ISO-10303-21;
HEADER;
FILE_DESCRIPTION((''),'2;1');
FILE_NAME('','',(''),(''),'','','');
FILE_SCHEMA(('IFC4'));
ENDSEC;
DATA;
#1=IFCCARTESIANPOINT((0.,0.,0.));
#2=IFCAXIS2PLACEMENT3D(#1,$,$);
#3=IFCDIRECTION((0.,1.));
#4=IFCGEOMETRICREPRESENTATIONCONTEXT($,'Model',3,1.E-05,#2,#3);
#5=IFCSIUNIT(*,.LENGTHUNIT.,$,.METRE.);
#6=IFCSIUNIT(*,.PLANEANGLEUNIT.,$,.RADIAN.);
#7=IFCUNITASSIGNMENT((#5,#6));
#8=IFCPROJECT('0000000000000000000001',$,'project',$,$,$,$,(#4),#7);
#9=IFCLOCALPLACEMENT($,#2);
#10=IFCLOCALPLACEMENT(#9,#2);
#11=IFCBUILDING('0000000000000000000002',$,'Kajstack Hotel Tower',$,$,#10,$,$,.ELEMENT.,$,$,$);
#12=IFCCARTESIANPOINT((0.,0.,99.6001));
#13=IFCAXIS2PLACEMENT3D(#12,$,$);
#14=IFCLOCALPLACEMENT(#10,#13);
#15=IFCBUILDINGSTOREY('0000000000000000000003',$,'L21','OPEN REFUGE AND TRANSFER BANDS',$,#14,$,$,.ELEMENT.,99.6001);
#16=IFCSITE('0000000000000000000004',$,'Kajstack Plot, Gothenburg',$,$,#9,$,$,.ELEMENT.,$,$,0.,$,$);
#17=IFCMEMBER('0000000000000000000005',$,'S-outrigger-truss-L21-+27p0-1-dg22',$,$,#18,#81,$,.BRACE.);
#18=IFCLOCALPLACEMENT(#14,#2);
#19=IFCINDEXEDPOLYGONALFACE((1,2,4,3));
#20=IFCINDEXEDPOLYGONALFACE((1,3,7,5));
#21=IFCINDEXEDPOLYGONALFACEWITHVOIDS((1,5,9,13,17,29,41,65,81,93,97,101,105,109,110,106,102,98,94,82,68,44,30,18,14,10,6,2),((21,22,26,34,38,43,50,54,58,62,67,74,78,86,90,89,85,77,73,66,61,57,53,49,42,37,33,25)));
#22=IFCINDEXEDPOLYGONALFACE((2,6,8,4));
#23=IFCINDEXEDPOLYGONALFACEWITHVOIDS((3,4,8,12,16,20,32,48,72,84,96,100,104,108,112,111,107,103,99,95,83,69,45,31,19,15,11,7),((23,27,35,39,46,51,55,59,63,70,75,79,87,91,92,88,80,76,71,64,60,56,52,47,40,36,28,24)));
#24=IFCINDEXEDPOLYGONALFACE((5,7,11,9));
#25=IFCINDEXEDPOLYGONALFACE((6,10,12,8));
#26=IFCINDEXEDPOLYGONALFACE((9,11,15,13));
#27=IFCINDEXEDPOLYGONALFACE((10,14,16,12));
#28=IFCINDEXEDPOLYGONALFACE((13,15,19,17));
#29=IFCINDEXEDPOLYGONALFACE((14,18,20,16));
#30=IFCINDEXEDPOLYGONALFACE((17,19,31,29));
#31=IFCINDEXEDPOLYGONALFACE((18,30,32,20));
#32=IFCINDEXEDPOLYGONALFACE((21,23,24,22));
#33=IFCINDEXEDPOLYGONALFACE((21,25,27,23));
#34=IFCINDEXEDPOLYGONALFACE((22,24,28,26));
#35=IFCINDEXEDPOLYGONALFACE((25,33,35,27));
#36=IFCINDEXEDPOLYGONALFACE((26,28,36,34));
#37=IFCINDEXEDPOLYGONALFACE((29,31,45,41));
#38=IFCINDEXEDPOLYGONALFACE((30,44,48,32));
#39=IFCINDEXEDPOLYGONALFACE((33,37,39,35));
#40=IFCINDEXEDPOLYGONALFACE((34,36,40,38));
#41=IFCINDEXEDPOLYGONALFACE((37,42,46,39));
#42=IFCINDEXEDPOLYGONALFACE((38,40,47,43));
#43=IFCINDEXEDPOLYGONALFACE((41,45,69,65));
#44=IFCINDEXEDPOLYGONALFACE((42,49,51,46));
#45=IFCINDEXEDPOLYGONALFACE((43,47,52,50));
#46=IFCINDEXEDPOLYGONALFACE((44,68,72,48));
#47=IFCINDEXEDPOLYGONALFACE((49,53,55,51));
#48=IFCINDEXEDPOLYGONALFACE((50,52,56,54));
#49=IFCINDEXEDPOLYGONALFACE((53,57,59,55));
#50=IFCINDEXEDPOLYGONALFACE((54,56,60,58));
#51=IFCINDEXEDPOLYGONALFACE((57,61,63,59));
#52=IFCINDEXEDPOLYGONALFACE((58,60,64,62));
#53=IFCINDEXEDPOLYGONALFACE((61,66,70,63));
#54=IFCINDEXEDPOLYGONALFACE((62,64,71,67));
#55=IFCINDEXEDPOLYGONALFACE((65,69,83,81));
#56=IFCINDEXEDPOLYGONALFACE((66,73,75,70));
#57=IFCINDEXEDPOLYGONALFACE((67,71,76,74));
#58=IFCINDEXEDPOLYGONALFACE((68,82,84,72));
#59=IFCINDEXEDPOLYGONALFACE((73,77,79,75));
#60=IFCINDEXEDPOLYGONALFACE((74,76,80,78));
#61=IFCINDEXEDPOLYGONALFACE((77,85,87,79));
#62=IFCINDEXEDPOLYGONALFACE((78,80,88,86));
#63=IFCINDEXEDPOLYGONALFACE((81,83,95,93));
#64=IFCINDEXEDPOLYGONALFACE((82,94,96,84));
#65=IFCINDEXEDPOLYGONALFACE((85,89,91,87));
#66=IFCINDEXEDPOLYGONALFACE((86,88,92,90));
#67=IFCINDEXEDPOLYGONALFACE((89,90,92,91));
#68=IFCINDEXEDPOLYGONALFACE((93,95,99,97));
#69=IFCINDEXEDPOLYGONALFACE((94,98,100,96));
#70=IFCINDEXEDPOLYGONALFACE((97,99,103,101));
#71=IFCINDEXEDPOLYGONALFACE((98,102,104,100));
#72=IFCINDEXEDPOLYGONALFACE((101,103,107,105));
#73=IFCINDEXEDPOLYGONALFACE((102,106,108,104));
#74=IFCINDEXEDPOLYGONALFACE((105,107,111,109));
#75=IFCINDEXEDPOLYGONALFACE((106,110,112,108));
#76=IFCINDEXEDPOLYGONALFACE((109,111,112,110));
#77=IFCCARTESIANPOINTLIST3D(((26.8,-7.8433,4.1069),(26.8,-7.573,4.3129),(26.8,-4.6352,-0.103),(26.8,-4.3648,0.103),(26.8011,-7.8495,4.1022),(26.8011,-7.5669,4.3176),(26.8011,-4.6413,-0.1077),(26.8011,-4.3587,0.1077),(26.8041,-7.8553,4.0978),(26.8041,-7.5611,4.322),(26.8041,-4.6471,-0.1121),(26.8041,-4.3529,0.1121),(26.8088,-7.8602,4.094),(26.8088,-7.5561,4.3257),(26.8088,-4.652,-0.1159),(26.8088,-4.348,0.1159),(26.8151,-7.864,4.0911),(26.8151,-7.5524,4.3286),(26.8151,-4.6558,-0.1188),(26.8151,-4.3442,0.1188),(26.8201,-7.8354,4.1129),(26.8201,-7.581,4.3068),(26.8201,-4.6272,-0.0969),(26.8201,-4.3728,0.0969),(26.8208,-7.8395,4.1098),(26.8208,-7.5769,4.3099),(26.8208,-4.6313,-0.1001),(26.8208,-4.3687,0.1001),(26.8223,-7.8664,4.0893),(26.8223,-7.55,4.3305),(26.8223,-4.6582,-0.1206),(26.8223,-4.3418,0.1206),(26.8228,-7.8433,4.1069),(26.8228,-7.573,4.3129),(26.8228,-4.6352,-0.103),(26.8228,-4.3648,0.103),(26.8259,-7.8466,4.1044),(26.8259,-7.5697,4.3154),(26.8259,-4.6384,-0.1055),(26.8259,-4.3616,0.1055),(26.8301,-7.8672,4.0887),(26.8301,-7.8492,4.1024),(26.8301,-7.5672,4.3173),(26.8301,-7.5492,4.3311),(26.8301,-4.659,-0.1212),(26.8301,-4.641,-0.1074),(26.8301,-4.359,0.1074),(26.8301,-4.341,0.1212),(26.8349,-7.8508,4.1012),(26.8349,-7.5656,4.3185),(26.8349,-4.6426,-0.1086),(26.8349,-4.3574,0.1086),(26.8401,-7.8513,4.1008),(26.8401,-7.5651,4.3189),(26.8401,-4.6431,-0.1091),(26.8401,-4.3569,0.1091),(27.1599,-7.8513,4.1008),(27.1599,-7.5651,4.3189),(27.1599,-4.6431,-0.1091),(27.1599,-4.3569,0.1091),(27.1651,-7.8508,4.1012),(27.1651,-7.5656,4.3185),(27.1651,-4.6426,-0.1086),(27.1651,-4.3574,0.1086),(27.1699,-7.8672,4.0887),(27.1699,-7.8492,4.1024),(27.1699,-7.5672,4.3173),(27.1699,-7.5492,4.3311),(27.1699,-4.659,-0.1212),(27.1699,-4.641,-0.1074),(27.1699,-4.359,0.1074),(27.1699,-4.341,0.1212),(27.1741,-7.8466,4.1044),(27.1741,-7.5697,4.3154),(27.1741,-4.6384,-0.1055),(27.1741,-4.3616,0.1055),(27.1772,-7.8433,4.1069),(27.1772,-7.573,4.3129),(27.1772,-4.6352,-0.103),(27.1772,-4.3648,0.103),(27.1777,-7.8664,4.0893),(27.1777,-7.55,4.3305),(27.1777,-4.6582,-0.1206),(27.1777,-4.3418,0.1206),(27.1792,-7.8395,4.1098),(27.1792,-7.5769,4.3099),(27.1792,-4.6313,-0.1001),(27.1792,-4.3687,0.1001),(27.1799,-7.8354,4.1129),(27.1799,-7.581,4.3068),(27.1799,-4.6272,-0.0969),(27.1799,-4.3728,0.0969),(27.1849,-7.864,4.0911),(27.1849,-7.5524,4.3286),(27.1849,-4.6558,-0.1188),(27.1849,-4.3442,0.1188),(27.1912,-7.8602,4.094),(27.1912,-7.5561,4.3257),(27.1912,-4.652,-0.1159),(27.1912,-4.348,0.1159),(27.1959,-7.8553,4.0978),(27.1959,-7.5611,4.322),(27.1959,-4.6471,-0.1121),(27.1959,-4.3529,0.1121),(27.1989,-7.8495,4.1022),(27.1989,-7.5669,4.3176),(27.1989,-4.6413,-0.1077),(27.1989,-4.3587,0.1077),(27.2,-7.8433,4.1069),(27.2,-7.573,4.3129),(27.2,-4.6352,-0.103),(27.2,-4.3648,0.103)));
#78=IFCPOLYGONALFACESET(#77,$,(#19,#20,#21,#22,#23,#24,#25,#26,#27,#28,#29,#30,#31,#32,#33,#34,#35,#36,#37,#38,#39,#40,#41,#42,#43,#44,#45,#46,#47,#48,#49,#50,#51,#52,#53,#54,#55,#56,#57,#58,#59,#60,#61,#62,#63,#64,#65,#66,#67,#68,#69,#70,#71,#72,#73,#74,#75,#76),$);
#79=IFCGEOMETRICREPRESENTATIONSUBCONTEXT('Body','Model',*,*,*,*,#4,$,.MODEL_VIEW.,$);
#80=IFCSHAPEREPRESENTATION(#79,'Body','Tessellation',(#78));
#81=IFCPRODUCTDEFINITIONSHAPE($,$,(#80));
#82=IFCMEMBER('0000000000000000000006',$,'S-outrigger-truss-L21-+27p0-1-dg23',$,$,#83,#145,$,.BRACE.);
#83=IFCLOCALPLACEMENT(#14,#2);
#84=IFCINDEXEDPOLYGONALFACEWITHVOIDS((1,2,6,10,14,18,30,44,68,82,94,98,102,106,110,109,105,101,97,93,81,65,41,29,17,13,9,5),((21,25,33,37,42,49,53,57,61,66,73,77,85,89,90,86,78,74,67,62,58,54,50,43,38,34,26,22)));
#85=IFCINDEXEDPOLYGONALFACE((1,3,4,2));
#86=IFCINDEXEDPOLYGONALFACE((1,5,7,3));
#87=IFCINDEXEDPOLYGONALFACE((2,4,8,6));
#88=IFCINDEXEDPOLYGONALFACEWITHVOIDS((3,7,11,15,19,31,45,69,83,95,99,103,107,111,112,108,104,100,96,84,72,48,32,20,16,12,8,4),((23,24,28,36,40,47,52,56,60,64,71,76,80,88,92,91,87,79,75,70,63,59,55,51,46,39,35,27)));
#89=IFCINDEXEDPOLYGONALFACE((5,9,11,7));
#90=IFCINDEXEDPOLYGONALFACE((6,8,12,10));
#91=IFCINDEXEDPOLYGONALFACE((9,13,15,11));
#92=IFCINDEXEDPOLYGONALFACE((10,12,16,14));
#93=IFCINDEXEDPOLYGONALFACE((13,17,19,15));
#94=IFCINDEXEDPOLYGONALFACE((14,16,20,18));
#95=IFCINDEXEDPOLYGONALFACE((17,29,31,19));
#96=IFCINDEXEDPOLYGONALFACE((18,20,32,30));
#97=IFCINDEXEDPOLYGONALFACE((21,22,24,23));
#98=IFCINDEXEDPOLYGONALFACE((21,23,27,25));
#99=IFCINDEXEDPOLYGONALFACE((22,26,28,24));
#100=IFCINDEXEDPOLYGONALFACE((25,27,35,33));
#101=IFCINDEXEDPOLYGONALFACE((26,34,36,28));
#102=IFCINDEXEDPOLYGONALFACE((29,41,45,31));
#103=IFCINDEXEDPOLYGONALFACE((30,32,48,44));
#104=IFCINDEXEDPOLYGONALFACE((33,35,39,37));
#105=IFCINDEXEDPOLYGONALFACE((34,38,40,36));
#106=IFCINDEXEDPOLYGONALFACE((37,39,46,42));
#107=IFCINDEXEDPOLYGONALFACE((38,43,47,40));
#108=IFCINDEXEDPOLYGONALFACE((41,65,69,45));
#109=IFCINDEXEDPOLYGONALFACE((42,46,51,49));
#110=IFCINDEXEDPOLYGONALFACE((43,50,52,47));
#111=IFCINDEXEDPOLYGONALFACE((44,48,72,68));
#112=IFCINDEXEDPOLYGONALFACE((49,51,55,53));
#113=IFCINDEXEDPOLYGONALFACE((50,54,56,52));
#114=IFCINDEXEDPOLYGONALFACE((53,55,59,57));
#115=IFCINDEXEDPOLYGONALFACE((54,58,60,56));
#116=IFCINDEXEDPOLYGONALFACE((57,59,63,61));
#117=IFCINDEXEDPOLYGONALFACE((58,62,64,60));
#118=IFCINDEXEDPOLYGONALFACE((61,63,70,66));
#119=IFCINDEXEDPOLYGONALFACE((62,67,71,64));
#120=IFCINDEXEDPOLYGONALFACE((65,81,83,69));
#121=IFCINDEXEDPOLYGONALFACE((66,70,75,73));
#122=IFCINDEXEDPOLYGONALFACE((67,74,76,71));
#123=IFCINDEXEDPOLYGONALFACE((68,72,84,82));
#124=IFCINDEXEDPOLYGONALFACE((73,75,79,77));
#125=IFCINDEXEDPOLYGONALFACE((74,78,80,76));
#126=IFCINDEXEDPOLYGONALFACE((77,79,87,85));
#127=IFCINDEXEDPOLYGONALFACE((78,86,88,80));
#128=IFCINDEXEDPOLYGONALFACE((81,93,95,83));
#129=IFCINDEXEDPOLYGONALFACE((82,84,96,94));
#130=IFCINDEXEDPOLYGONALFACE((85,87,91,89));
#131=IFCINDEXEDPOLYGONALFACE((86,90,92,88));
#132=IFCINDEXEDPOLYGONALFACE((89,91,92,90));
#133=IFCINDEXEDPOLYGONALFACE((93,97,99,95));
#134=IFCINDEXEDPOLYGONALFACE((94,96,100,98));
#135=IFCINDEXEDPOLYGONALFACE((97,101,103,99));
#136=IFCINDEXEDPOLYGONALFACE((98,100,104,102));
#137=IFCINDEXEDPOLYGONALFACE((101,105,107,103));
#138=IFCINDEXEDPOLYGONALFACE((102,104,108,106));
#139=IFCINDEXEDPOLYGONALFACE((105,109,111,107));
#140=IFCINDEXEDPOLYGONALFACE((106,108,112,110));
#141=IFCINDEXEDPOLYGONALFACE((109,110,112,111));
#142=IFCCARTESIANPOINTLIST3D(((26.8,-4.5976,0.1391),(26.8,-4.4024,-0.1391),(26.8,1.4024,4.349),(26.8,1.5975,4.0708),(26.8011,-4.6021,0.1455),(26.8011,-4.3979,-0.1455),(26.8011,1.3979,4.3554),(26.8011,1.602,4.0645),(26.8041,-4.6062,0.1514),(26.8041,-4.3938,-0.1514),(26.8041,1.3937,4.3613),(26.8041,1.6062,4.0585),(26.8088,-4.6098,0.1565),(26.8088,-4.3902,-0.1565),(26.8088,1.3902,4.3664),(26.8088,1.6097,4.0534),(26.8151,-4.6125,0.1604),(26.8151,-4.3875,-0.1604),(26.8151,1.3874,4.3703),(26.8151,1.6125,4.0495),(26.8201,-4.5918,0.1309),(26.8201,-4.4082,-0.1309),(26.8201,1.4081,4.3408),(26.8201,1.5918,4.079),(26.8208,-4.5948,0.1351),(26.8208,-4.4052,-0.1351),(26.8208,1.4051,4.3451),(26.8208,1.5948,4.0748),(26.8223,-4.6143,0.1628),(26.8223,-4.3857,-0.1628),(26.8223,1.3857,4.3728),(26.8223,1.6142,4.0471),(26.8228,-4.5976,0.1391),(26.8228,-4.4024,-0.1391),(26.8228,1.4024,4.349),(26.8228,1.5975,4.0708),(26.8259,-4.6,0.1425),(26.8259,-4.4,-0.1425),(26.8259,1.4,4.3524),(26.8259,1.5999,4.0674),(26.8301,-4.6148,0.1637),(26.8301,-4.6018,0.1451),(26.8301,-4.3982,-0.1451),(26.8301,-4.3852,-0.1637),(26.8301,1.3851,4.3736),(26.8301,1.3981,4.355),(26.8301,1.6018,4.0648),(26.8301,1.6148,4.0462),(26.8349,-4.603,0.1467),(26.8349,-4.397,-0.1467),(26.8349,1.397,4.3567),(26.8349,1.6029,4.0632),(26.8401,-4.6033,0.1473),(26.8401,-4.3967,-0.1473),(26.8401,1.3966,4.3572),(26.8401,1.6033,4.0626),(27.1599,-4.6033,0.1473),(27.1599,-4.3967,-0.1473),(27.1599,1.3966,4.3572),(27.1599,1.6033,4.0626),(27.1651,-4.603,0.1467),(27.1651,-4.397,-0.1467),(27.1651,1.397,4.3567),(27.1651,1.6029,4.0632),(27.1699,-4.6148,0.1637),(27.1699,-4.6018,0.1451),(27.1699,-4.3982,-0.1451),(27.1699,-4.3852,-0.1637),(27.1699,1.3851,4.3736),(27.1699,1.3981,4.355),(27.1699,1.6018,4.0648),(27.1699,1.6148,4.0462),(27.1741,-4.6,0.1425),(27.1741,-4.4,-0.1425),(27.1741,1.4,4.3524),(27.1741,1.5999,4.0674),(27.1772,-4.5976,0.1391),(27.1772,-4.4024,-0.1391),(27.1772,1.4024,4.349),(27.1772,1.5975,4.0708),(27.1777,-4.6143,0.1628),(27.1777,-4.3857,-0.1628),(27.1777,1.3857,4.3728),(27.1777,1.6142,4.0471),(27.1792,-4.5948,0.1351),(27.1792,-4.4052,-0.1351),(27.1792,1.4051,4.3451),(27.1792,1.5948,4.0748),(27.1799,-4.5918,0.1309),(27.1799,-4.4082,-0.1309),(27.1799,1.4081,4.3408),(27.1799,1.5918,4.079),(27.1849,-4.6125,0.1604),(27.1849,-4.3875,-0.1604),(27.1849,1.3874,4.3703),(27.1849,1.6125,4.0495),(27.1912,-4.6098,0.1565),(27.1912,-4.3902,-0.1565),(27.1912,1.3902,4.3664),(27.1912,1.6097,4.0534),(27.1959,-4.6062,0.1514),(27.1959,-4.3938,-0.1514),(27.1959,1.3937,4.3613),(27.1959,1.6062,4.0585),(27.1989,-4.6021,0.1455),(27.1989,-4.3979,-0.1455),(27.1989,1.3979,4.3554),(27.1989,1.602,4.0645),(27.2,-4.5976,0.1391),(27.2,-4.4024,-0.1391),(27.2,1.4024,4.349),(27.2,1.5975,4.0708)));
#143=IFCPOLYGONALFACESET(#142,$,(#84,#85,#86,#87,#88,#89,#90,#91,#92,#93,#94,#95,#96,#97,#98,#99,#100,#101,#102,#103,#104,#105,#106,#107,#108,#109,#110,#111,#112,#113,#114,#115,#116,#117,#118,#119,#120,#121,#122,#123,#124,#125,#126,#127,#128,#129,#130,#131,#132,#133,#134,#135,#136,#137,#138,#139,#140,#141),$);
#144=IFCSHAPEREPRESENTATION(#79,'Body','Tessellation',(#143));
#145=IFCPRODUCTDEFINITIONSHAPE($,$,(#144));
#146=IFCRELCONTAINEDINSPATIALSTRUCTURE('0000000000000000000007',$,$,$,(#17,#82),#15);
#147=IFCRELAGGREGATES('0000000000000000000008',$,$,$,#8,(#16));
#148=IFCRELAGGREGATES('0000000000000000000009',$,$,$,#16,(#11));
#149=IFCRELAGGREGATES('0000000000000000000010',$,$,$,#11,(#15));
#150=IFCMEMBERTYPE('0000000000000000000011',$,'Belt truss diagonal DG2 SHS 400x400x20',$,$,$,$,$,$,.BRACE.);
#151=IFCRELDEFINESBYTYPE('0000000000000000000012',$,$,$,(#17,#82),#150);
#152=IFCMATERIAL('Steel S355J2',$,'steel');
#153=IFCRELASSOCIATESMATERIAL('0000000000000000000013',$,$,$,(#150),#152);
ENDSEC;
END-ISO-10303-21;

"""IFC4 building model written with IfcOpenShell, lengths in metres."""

from ifc_helpers import new_model, si_unit, direction, frame, origin, origin_2d, place, context, subcontext, project, spatial, hollow_rectangle, extrude, material, material_profile, profile_set, type_object, element, save


model = new_model("IFC4")

# Units and contexts
model_context = context("Model", 3, precision=1e-05, world=origin(), true_north=direction((0.0, 1.0)))
body_context = subcontext(model_context, "Body", "Model", "MODEL_VIEW")
ifc_project = project(units=[si_unit("LENGTHUNIT", "METRE"), si_unit("PLANEANGLEUNIT", "RADIAN")], contexts=[model_context])

# Site, building, storey
site_placement = place(None, origin())
site = spatial("IfcSite", under=ifc_project, at=site_placement, Name="Kajstack Plot, Gothenburg", CompositionType="ELEMENT", RefElevation=0.0)
building_placement = place(site_placement, origin())
building = spatial("IfcBuilding", under=site, at=building_placement, Name="Kajstack Hotel Tower", CompositionType="ELEMENT")
storey_placement = place(building_placement, frame((0.0, 0.0, 99.6001)))
storey = spatial("IfcBuildingStorey", under=building, at=storey_placement, Name="L21", Description="OPEN REFUGE AND TRANSFER BANDS", CompositionType="ELEMENT", Elevation=99.6001)

# Members
ifc_material = material(Name="Steel S355J2", Category="steel")
ifc_material_profile_1 = material_profile(ifc_material, hollow_rectangle(XDim=0.3999, YDim=0.3999, WallThickness=0.02, InnerFilletRadius=0.02, OuterFilletRadius=0.03, at=origin_2d()), Name="SHS 400x400x20")
ifc_profile_set_1 = profile_set([ifc_material_profile_1], Name="Steel S355J2")
member_type_1 = type_object("IfcMemberType", Name="Belt truss diagonal DG2 SHS 400x400x20", PredefinedType="BRACE", material=ifc_profile_set_1)
member_1_placement = place(storey_placement, frame((27.0, -4.5, 0.0), z_axis=(0.0, -0.606122, 0.795371), x_axis=(1.0, 0.0, 0.0)))
element("IfcMember", 1, at=member_1_placement, inside=storey, type_object=member_type_1, Name="S-outrigger-truss-L21-+27p0-1-dg22", PredefinedType="BRACE", context=body_context, shape_type="SweptSolid", body=[
    extrude(hollow_rectangle(XDim=0.3999, YDim=0.3999, WallThickness=0.02, InnerFilletRadius=0.02, OuterFilletRadius=0.03, at=origin_2d()), origin(), (0.0, 0.0, 1.0), 5.293),
])
member_2_placement = place(storey_placement, frame((27.0, -4.5, 0.0), z_axis=(0.0, 0.818593, 0.574374), x_axis=(-1.0, 0.0, 0.0)))
element("IfcMember", 2, at=member_2_placement, inside=storey, type_object=member_type_1, Name="S-outrigger-truss-L21-+27p0-1-dg23", PredefinedType="BRACE", context=body_context, shape_type="SweptSolid", body=[
    extrude(hollow_rectangle(XDim=0.3999, YDim=0.3999, WallThickness=0.02, InnerFilletRadius=0.02, OuterFilletRadius=0.03, at=origin_2d()), origin(), (0.0, 0.0, 1.0), 7.3296),
])

save(model, "model.ifc")
